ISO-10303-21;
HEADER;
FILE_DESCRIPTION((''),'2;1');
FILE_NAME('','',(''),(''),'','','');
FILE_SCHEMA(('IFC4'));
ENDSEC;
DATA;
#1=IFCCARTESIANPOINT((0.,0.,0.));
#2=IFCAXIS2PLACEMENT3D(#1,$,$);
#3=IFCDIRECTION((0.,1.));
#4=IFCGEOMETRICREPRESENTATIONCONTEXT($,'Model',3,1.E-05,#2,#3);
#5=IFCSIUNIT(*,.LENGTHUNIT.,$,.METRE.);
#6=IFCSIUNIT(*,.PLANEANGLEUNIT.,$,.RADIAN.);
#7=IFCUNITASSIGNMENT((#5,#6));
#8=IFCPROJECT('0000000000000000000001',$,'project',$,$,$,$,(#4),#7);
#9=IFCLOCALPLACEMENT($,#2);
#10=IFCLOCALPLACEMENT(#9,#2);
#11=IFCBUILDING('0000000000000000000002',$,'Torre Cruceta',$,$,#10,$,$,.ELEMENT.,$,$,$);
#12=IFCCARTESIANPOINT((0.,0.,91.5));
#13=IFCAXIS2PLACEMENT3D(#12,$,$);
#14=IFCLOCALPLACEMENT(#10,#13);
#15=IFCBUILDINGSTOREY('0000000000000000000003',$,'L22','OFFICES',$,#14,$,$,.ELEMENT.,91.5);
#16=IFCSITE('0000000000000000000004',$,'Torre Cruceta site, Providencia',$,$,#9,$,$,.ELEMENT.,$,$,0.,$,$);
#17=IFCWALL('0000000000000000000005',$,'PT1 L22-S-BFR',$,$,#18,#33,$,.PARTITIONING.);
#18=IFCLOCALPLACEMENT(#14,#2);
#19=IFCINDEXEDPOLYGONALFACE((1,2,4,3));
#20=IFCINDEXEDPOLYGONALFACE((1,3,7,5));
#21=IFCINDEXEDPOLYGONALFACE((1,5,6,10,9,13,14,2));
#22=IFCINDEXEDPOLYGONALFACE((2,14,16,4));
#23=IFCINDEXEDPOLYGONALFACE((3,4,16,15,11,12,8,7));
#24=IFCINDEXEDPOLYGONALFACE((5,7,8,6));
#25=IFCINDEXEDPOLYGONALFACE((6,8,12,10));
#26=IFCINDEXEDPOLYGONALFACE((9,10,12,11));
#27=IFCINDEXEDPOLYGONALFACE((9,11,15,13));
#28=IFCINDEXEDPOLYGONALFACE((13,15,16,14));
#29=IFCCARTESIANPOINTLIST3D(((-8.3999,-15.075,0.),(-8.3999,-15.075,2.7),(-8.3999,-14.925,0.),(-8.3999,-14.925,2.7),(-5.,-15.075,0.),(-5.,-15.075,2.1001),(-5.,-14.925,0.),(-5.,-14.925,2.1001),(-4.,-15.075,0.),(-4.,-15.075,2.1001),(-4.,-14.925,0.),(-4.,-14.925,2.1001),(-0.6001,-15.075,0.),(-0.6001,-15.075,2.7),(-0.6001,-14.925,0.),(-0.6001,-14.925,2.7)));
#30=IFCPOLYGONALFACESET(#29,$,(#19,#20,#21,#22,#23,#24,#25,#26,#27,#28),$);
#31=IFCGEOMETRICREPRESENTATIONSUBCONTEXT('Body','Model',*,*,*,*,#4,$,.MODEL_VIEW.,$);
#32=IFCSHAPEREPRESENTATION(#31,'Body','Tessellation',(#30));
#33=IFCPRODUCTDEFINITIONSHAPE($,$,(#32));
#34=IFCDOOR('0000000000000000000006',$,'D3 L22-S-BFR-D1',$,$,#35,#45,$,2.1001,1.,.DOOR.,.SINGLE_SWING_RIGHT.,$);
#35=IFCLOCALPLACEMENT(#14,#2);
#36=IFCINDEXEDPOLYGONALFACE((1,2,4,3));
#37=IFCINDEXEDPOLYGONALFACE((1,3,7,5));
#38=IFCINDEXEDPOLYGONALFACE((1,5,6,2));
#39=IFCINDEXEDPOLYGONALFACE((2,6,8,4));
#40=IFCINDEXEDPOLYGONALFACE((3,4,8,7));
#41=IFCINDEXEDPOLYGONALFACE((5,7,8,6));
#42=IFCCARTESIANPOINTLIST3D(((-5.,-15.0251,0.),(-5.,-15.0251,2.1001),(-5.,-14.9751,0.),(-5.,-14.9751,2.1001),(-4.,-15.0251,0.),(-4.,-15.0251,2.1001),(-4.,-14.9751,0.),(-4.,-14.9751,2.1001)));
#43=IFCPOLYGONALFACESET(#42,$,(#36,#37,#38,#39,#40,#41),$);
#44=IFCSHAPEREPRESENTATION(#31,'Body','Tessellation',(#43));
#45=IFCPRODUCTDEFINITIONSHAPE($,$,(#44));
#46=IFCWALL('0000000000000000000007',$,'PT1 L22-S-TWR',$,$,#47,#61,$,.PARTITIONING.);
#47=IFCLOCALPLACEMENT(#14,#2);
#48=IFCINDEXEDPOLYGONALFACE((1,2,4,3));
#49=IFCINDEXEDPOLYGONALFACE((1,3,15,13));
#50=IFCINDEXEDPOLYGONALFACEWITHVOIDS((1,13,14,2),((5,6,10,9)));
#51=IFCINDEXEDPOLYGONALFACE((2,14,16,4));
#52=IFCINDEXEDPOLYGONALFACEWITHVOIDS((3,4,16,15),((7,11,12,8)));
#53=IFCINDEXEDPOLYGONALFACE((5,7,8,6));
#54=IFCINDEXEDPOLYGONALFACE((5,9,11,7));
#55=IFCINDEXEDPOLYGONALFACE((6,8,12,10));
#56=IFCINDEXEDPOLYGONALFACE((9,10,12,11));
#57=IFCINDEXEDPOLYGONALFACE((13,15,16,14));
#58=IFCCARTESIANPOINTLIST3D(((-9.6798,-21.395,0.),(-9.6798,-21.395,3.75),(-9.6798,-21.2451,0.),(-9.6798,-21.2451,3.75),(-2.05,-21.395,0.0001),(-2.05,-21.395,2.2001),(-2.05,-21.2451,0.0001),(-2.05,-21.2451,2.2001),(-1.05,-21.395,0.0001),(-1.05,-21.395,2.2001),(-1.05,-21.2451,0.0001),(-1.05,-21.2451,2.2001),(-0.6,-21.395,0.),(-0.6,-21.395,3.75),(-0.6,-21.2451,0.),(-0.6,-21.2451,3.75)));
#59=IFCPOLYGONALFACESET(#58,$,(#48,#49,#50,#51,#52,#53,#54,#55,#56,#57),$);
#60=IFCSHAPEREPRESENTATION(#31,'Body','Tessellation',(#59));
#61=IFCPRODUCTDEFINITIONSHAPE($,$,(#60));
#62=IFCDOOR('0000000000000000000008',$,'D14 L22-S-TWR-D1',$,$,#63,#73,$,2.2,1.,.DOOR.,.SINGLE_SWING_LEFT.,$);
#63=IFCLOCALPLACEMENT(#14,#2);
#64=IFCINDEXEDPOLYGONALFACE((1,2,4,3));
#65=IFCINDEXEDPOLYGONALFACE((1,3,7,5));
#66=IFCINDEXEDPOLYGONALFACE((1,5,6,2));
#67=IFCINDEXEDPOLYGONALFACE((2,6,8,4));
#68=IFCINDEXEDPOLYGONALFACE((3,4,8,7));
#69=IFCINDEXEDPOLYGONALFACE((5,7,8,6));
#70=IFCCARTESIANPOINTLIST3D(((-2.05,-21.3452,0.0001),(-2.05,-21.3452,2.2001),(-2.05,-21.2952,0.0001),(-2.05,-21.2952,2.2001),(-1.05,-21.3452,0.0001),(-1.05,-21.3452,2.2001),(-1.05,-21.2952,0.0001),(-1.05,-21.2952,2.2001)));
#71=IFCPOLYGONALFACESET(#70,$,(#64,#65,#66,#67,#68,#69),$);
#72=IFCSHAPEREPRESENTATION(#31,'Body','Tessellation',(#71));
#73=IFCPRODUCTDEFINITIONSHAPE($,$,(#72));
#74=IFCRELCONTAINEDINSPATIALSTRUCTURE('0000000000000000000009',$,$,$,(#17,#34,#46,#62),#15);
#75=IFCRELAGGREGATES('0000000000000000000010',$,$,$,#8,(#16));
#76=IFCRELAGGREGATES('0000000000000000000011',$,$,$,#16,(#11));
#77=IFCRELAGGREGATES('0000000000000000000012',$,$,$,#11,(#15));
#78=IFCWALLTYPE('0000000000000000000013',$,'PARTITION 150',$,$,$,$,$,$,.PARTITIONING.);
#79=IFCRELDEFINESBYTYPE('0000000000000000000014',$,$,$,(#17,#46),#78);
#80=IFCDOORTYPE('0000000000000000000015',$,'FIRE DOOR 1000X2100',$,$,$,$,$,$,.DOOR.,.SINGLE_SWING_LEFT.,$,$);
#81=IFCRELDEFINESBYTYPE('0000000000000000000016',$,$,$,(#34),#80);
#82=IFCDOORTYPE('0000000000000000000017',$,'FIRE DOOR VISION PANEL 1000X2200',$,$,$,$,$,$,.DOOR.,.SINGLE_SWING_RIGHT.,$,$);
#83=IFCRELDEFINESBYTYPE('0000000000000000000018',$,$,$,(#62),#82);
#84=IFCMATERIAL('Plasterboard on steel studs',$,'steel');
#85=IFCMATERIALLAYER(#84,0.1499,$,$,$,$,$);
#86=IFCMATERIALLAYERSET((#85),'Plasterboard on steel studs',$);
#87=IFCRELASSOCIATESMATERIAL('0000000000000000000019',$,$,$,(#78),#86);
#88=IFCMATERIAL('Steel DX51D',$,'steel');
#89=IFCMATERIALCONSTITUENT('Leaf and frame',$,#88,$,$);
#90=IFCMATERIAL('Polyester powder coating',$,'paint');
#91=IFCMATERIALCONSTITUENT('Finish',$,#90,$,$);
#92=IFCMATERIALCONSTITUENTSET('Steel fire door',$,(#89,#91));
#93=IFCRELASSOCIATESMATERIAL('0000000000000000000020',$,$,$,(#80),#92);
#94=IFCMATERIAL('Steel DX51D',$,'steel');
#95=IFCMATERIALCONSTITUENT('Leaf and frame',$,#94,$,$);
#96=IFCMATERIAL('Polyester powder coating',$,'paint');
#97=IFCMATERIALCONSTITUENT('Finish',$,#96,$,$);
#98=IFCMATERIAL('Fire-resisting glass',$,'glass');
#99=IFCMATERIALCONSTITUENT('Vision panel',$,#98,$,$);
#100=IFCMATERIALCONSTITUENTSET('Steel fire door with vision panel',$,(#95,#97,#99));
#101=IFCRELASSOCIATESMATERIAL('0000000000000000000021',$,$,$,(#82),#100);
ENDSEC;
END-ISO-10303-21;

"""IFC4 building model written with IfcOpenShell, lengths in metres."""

from ifc_helpers import new_model, si_unit, direction, frame, frame_2d, origin, place, context, subcontext, project, spatial, rectangle, extrude, material, layer, layer_set, constituent, constituent_set, type_object, element, fill, save


model = new_model("IFC4")

# Units and contexts
model_context = context("Model", 3, precision=1e-05, world=origin(), true_north=direction((0.0, 1.0)))
body_context = subcontext(model_context, "Body", "Model", "MODEL_VIEW")
ifc_project = project(units=[si_unit("LENGTHUNIT", "METRE"), si_unit("PLANEANGLEUNIT", "RADIAN")], contexts=[model_context])

# Site, building, storey
site_placement = place(None, origin())
site = spatial("IfcSite", under=ifc_project, at=site_placement, Name="Torre Cruceta site, Providencia", CompositionType="ELEMENT", RefElevation=0.0)
building_placement = place(site_placement, origin())
building = spatial("IfcBuilding", under=site, at=building_placement, Name="Torre Cruceta", CompositionType="ELEMENT")
storey_placement = place(building_placement, frame((0.0, 0.0, 91.5)))
storey = spatial("IfcBuildingStorey", under=building, at=storey_placement, Name="L22", Description="OFFICES", CompositionType="ELEMENT", Elevation=91.5)

# Walls, openings, doors
ifc_material_1 = material(Name="Plasterboard on steel studs", Category="steel")
ifc_layer_1 = layer(ifc_material_1, 0.1499)
ifc_layer_set_1 = layer_set([ifc_layer_1], Name="Plasterboard on steel studs")
wall_type_1 = type_object("IfcWallType", Name="PARTITION 150", PredefinedType="PARTITIONING", material=ifc_layer_set_1)
wall_1_placement = place(storey_placement, frame((-8.3999, -15.0, 0.0), z_axis=(0.0, 0.0, 1.0), x_axis=(1.0, 0.0, 0.0)))
wall_1 = element("IfcWall", 1, at=wall_1_placement, inside=storey, type_object=wall_type_1, Name="PT1 L22-S-BFR", PredefinedType="PARTITIONING", context=body_context, shape_type="SweptSolid", body=[
    extrude(rectangle(XDim=7.7998, YDim=0.1499, at=frame_2d((3.8999, 0.0))), origin(), (0.0, 0.0, 1.0), 2.7),
])
opening_1_placement = place(wall_1_placement, frame((3.3999, 0.0, 0.0)))
opening_1 = element("IfcOpeningElement", 2, at=opening_1_placement, cuts=wall_1, PredefinedType="OPENING", context=body_context, shape_type="SweptSolid", body=[
    extrude(rectangle(XDim=1.0, YDim=2.1001, at=frame_2d((0.5, 1.05))), frame((0.0, 0.085, 0.0), z_axis=(0.0, -1.0, 0.0), x_axis=(1.0, 0.0, 0.0)), (0.0, 0.0, 1.0), 0.1699),
])
ifc_material_2 = material(Name="Steel DX51D", Category="steel")
ifc_constituent_1 = constituent(ifc_material_2, Name="Leaf and frame")
ifc_material_3 = material(Name="Polyester powder coating", Category="paint")
ifc_constituent_2 = constituent(ifc_material_3, Name="Finish")
ifc_constituent_set_1 = constituent_set(constituents=[ifc_constituent_1, ifc_constituent_2], Name="Steel fire door")
door_type_1 = type_object("IfcDoorType", Name="FIRE DOOR 1000X2100", OperationType="SINGLE_SWING_LEFT", PredefinedType="DOOR", material=ifc_constituent_set_1)
door_1_placement = place(opening_1_placement, origin())
door_1 = element("IfcDoor", 3, at=door_1_placement, inside=storey, type_object=door_type_1, Name="D3 L22-S-BFR-D1", OperationType="SINGLE_SWING_RIGHT", OverallHeight=2.1001, OverallWidth=1.0, PredefinedType="DOOR", context=body_context, shape_type="SweptSolid", body=[
    extrude(rectangle(XDim=1.0, YDim=2.1001, at=frame_2d((0.5, 1.05))), frame((0.0, 0.0249, 0.0), z_axis=(0.0, -1.0, 0.0), x_axis=(1.0, 0.0, 0.0)), (0.0, 0.0, 1.0), 0.05),
])
fill(opening_1, door_1)
wall_2_placement = place(storey_placement, frame((-9.6799, -21.3201, 0.0), z_axis=(0.0, 0.0, 1.0), x_axis=(1.0, 0.0, 0.0)))
wall_2 = element("IfcWall", 4, at=wall_2_placement, inside=storey, type_object=wall_type_1, Name="PT1 L22-S-TWR", PredefinedType="PARTITIONING", context=body_context, shape_type="SweptSolid", body=[
    extrude(rectangle(XDim=9.0798, YDim=0.1499, at=frame_2d((4.54, 0.0))), origin(), (0.0, 0.0, 1.0), 3.75),
])
opening_2_placement = place(wall_2_placement, frame((7.6299, 0.0, 0.0)))
opening_2 = element("IfcOpeningElement", 5, at=opening_2_placement, cuts=wall_2, PredefinedType="OPENING", context=body_context, shape_type="SweptSolid", body=[
    extrude(rectangle(XDim=1.0, YDim=2.2, at=frame_2d((0.5, 1.1001))), frame((0.0, 0.085, 0.0), z_axis=(0.0, -1.0, 0.0), x_axis=(1.0, 0.0, 0.0)), (0.0, 0.0, 1.0), 0.1699),
])
ifc_material_4 = material(Name="Steel DX51D", Category="steel")
ifc_constituent_3 = constituent(ifc_material_4, Name="Leaf and frame")
ifc_material_5 = material(Name="Polyester powder coating", Category="paint")
ifc_constituent_4 = constituent(ifc_material_5, Name="Finish")
ifc_material_6 = material(Name="Fire-resisting glass", Category="glass")
ifc_constituent_5 = constituent(ifc_material_6, Name="Vision panel")
ifc_constituent_set_2 = constituent_set(constituents=[ifc_constituent_3, ifc_constituent_4, ifc_constituent_5], Name="Steel fire door with vision panel")
door_type_2 = type_object("IfcDoorType", Name="FIRE DOOR VISION PANEL 1000X2200", OperationType="SINGLE_SWING_RIGHT", PredefinedType="DOOR", material=ifc_constituent_set_2)
door_2_placement = place(opening_2_placement, frame((1.0, 0.0, 0.0), z_axis=(0.0, 0.0, 1.0), x_axis=(-1.0, 0.0, 0.0)))
door_2 = element("IfcDoor", 6, at=door_2_placement, inside=storey, type_object=door_type_2, Name="D14 L22-S-TWR-D1", OperationType="SINGLE_SWING_LEFT", OverallHeight=2.2, OverallWidth=1.0, PredefinedType="DOOR", context=body_context, shape_type="SweptSolid", body=[
    extrude(rectangle(XDim=1.0, YDim=2.2, at=frame_2d((0.5, 1.1001))), frame((0.0, 0.0251, 0.0), z_axis=(0.0, -1.0, 0.0), x_axis=(1.0, 0.0, 0.0)), (0.0, 0.0, 1.0), 0.05),
])
fill(opening_2, door_2)

save(model, "model.ifc")
